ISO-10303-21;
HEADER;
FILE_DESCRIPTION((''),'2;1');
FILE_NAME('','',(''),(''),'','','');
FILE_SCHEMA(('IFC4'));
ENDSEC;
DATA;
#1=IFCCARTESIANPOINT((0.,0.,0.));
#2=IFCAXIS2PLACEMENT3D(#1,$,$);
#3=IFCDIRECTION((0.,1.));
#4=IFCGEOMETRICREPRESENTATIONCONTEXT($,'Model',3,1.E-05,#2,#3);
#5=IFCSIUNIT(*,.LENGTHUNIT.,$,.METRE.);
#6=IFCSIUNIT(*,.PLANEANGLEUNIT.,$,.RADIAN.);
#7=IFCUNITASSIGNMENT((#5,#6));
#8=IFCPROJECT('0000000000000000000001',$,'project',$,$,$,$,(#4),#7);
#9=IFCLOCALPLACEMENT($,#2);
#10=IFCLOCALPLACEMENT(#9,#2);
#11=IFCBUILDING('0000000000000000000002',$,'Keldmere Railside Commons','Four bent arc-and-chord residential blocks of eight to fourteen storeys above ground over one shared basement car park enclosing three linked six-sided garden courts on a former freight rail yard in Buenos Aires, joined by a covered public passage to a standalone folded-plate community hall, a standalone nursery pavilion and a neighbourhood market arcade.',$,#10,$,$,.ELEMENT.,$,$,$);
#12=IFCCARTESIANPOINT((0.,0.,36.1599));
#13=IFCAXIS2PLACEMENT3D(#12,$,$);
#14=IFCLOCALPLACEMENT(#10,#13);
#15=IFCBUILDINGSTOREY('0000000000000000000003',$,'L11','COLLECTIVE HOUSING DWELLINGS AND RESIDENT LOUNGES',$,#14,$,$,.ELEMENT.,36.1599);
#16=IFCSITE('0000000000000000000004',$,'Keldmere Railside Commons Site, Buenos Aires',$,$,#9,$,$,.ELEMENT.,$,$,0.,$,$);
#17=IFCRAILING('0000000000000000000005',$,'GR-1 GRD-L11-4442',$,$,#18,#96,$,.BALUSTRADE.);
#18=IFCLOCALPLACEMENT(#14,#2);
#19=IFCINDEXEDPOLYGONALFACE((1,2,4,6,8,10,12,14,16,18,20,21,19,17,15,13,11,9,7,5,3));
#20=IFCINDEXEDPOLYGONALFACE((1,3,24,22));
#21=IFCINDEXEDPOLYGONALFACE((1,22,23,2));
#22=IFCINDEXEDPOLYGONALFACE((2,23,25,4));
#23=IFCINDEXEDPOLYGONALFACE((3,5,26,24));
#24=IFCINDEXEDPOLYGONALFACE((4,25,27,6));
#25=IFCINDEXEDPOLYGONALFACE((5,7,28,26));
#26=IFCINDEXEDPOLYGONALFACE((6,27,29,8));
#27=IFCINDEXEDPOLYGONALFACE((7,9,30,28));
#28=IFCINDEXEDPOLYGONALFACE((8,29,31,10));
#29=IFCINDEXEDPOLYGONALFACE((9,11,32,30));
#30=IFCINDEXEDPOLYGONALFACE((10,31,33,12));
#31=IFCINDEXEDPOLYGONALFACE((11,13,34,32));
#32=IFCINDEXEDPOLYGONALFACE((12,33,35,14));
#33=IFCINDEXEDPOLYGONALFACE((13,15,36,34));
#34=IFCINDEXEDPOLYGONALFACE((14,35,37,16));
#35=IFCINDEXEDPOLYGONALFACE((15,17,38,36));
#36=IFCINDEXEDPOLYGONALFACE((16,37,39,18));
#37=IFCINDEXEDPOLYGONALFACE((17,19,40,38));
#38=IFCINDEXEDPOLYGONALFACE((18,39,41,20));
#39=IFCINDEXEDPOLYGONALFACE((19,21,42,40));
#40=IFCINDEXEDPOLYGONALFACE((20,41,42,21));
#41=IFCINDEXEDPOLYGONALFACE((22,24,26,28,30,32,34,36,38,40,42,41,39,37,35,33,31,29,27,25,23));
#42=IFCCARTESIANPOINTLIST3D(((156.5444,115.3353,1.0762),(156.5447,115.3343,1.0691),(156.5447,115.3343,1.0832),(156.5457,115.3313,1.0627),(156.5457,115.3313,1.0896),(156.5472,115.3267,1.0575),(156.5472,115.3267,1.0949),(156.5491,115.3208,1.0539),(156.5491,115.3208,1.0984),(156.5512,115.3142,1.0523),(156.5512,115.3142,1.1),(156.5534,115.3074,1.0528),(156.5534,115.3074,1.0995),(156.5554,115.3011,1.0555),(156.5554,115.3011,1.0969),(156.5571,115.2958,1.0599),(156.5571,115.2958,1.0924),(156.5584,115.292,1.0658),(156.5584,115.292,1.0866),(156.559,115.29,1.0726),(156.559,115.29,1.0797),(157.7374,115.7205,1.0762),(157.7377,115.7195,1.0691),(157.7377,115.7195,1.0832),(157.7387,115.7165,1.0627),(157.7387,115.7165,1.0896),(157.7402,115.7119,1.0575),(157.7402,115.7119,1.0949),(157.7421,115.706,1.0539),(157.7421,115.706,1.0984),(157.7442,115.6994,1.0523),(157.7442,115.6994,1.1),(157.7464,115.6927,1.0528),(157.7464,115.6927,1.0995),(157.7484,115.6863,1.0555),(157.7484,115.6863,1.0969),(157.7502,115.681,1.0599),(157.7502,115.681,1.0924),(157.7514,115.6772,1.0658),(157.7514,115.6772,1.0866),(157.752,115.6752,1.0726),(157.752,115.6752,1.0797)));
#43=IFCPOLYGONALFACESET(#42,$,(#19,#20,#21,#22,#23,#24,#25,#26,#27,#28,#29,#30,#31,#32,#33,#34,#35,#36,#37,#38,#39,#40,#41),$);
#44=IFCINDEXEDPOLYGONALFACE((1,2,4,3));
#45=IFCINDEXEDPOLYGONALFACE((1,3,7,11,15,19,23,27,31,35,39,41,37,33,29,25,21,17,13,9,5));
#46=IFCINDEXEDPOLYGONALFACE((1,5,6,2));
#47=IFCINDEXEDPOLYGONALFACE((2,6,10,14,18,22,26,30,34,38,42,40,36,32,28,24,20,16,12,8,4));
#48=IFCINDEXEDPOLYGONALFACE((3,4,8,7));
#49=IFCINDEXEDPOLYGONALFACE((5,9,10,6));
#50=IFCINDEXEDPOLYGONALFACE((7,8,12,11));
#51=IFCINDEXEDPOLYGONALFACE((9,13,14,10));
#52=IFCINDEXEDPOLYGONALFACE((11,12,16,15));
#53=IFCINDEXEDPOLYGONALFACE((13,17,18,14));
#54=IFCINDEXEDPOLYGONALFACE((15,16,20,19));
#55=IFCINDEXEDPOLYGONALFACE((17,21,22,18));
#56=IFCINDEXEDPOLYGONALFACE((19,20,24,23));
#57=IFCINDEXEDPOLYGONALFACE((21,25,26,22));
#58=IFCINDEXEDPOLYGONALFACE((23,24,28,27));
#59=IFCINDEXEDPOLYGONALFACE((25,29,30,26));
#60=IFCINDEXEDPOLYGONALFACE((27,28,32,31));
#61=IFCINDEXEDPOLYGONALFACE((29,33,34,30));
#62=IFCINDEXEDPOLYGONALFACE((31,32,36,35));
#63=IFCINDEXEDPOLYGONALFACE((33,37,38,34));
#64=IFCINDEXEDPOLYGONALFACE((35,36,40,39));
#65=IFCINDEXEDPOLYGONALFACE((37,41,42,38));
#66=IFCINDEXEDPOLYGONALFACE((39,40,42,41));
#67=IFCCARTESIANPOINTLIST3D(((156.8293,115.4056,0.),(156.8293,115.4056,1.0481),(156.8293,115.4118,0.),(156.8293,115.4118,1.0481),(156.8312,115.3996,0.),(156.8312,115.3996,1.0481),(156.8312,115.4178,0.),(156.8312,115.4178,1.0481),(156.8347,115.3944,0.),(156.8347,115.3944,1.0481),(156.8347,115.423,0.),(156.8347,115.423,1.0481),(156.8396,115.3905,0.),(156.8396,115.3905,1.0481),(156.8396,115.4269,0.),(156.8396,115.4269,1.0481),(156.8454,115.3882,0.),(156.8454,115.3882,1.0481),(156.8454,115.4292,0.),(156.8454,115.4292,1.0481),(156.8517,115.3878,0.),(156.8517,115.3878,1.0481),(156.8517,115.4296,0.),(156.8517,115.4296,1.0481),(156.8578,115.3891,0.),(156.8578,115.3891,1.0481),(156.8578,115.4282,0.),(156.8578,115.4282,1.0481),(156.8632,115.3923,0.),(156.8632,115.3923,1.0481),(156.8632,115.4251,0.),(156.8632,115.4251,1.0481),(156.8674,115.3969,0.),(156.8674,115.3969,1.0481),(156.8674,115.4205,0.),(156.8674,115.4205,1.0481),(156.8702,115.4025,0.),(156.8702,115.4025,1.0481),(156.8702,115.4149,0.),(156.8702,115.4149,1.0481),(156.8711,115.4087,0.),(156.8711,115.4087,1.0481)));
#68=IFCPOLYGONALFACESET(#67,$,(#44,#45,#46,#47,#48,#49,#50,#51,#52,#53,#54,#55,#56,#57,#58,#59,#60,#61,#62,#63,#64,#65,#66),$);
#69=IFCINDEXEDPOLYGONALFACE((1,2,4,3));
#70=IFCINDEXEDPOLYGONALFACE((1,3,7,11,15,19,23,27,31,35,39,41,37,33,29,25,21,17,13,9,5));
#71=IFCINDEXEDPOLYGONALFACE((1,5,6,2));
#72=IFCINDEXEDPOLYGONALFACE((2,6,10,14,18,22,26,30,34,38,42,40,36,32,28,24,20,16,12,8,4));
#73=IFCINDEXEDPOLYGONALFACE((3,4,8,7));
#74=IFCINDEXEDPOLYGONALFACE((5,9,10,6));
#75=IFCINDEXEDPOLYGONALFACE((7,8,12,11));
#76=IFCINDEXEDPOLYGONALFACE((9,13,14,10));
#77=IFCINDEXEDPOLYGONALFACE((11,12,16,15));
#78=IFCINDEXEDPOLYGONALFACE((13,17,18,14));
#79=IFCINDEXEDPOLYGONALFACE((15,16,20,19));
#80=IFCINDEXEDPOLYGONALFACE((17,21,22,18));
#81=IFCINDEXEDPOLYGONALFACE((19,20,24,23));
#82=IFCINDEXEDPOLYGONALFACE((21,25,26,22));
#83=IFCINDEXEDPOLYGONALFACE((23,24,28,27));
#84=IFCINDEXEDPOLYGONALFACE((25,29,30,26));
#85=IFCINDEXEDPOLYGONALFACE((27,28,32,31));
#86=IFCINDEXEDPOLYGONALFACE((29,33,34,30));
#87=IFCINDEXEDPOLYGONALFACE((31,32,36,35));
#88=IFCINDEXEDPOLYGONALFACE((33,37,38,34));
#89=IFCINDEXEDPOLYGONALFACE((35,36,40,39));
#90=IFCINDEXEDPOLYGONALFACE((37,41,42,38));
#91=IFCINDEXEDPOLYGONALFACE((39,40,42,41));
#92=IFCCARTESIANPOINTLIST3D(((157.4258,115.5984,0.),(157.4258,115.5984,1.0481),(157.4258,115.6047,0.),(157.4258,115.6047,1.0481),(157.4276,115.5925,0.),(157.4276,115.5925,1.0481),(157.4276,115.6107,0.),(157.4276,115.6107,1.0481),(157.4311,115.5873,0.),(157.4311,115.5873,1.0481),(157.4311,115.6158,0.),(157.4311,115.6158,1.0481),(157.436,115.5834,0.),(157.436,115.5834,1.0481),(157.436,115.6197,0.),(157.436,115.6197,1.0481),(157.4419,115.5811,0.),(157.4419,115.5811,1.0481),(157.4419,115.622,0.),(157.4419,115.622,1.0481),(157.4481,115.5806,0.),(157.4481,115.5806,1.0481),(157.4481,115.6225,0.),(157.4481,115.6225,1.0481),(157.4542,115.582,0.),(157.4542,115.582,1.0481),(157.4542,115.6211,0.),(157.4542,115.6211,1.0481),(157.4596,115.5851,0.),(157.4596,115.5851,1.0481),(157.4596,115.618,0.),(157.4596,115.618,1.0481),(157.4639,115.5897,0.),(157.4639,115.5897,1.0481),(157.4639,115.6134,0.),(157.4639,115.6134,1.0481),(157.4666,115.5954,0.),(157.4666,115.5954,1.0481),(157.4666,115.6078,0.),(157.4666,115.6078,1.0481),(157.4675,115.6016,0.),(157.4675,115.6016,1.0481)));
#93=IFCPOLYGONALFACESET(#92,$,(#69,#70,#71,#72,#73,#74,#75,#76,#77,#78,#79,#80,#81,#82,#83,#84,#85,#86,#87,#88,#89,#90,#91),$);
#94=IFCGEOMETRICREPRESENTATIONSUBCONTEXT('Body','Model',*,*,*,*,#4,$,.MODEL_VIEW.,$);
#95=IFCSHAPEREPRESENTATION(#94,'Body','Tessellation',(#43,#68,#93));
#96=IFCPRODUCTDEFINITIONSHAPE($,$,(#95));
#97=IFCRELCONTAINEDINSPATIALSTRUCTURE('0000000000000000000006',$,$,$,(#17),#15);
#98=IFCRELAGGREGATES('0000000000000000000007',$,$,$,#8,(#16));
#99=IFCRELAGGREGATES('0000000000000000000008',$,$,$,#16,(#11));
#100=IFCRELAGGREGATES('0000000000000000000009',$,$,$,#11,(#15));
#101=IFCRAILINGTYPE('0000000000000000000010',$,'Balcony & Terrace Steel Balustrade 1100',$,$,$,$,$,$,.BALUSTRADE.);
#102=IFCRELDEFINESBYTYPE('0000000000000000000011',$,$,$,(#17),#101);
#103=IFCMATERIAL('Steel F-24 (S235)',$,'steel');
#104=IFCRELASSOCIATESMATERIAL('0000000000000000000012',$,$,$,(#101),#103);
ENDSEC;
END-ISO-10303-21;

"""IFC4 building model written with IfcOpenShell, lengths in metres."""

from ifc_helpers import new_model, si_unit, direction, frame, origin, origin_2d, place, context, subcontext, project, spatial, circle, extrude, material, type_object, element, save


model = new_model("IFC4")

# Units and contexts
model_context = context("Model", 3, precision=1e-05, world=origin(), true_north=direction((0.0, 1.0)))
body_context = subcontext(model_context, "Body", "Model", "MODEL_VIEW")
ifc_project = project(units=[si_unit("LENGTHUNIT", "METRE"), si_unit("PLANEANGLEUNIT", "RADIAN")], contexts=[model_context])

# Site, building, storey
site_placement = place(None, origin())
site = spatial("IfcSite", under=ifc_project, at=site_placement, Name="Keldmere Railside Commons Site, Buenos Aires", CompositionType="ELEMENT", RefElevation=0.0)
building_placement = place(site_placement, origin())
building = spatial("IfcBuilding", under=site, at=building_placement, Name="Keldmere Railside Commons", Description="Four bent arc-and-chord residential blocks of eight to fourteen storeys above ground over one shared basement car park enclosing three linked six-sided garden courts on a former freight rail yard in Buenos Aires, joined by a covered public passage to a standalone folded-plate community hall, a standalone nursery pavilion and a neighbourhood market arcade.", CompositionType="ELEMENT")
storey_placement = place(building_placement, frame((0.0, 0.0, 36.1599)))
storey = spatial("IfcBuildingStorey", under=building, at=storey_placement, Name="L11", Description="COLLECTIVE HOUSING DWELLINGS AND RESIDENT LOUNGES", CompositionType="ELEMENT", Elevation=36.1599)

# Railing
ifc_material_1 = material(Name="Steel F-24 (S235)", Category="steel")
railing_type = type_object("IfcRailingType", Name="Balcony & Terrace Steel Balustrade 1100", PredefinedType="BALUSTRADE", material=ifc_material_1)
railing_1_placement = place(storey_placement, frame((156.5518, 115.3125, 0.0)))
element("IfcRailing", 1, at=railing_1_placement, inside=storey, type_object=railing_type, Name="GR-1 GRD-L11-4442", PredefinedType="BALUSTRADE", context=body_context, shape_type="SweptSolid", body=[
    extrude(circle(Radius=0.0239, at=origin_2d()), frame((0.0, 0.0, 1.0762), z_axis=(0.95162, 0.307276, 0.0), x_axis=(-0.307276, 0.95162, 0.0)), (0.0, 0.0, 1.0), 1.2537),
    extrude(circle(Radius=0.021, at=origin_2d()), frame((0.2983, 0.0962, 0.0)), (0.0, 0.0, 1.0), 1.0481),
    extrude(circle(Radius=0.021, at=origin_2d()), frame((0.8948, 0.2891, 0.0)), (0.0, 0.0, 1.0), 1.0481),
])

save(model, "model.ifc")
